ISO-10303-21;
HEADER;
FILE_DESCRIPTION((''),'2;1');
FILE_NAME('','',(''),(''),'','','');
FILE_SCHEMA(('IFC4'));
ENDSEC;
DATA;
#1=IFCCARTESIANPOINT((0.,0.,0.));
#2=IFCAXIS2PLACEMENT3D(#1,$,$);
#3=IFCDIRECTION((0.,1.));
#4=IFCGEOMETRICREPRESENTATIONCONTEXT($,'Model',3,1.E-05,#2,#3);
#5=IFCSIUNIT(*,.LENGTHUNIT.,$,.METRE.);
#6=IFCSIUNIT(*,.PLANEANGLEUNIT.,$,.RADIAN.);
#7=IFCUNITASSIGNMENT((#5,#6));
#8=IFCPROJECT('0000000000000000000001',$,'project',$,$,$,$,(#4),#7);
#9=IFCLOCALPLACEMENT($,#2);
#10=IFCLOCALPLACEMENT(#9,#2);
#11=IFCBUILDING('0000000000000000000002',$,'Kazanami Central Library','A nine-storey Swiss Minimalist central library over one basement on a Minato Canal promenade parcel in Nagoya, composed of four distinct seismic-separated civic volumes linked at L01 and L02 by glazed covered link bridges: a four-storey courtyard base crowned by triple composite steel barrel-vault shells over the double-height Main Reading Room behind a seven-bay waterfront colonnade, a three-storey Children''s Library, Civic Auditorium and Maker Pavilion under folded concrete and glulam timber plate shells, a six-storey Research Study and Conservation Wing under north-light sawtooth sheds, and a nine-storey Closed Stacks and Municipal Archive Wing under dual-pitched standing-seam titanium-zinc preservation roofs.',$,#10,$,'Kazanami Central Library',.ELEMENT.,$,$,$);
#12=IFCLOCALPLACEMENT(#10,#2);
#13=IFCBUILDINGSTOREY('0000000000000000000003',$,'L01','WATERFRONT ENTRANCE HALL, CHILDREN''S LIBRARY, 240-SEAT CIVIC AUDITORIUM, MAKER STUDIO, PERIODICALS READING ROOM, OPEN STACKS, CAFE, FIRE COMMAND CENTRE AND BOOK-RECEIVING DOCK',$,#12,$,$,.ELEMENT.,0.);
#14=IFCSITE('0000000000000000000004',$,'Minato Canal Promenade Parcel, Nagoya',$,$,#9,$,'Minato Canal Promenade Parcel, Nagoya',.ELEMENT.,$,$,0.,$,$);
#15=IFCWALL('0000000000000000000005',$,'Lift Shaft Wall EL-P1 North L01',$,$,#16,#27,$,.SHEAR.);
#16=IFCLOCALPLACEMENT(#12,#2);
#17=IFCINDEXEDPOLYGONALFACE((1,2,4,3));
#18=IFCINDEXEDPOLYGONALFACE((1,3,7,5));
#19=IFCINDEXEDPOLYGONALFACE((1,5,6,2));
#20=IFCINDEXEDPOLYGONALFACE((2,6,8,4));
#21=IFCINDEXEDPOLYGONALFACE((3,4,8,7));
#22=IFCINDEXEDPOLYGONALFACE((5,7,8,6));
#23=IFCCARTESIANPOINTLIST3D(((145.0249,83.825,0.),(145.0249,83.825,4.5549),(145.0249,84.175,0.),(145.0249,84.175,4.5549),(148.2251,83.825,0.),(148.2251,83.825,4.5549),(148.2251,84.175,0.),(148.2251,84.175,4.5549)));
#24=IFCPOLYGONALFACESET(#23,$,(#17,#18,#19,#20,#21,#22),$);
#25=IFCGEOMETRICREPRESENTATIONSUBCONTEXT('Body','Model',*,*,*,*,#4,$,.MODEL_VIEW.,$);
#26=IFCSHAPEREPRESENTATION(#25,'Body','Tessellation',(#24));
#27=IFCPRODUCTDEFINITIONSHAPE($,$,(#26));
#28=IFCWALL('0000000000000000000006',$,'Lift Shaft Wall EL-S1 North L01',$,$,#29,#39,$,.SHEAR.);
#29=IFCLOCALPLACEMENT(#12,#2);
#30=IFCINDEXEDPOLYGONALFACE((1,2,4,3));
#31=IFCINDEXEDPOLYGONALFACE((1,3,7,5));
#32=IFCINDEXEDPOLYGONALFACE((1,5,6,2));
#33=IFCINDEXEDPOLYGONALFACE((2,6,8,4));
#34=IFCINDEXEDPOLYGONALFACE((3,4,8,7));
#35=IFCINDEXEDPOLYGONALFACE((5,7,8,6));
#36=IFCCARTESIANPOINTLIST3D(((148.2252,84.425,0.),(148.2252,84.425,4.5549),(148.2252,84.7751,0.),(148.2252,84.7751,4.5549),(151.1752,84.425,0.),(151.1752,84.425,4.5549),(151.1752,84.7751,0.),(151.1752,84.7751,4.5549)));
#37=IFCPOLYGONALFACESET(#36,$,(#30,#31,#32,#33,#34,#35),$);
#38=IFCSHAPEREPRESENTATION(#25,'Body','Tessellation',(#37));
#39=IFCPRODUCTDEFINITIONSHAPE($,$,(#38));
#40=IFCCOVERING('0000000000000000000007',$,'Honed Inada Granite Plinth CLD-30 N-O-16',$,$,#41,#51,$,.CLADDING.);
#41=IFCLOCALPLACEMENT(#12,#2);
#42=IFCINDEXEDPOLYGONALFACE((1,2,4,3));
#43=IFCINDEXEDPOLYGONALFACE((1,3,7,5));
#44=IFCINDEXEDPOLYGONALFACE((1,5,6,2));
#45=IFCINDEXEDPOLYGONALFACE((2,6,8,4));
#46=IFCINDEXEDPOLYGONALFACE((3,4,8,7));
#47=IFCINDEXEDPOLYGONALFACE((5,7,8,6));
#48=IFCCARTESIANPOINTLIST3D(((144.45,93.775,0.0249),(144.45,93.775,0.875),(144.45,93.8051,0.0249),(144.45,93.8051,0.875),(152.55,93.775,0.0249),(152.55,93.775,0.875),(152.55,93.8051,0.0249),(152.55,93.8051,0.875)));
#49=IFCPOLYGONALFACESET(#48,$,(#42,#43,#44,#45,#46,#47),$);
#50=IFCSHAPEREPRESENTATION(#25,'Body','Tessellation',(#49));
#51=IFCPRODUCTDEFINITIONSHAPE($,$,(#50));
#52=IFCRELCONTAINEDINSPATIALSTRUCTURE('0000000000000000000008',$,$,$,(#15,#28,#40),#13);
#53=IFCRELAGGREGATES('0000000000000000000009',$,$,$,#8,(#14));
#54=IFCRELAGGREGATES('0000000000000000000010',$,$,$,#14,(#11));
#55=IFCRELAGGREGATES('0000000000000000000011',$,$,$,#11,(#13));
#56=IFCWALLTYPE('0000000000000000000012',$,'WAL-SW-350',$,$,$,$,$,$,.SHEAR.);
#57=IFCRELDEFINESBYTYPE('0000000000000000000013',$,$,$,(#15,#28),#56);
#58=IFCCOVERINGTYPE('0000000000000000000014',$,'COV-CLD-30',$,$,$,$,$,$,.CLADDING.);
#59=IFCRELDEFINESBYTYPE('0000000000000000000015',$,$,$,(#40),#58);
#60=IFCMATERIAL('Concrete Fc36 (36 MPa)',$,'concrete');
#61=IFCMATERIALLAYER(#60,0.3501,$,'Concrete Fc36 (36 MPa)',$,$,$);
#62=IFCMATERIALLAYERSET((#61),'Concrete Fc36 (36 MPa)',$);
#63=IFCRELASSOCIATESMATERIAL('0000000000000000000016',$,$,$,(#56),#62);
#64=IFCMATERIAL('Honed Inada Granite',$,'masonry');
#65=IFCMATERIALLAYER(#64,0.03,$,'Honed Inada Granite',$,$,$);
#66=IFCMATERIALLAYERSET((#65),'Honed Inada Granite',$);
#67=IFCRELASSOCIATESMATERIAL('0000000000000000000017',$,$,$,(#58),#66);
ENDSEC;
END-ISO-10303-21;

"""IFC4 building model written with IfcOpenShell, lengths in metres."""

from ifc_helpers import new_model, si_unit, direction, frame, frame_2d, origin, origin_2d, place, context, subcontext, project, spatial, rectangle, extrude, material, layer, layer_set, type_object, element, save


model = new_model("IFC4")

# Units and contexts
model_context = context("Model", 3, precision=1e-05, world=origin(), true_north=direction((0.0, 1.0)))
body_context = subcontext(model_context, "Body", "Model", "MODEL_VIEW")
ifc_project = project(units=[si_unit("LENGTHUNIT", "METRE"), si_unit("PLANEANGLEUNIT", "RADIAN")], contexts=[model_context])

# Site, building, storey
site_placement = place(None, origin())
site = spatial("IfcSite", under=ifc_project, at=site_placement, Name="Minato Canal Promenade Parcel, Nagoya", LongName="Minato Canal Promenade Parcel, Nagoya", CompositionType="ELEMENT", RefElevation=0.0)
building_placement = place(site_placement, origin())
building = spatial("IfcBuilding", under=site, at=building_placement, Name="Kazanami Central Library", Description="A nine-storey Swiss Minimalist central library over one basement on a Minato Canal promenade parcel in Nagoya, composed of four distinct seismic-separated civic volumes linked at L01 and L02 by glazed covered link bridges: a four-storey courtyard base crowned by triple composite steel barrel-vault shells over the double-height Main Reading Room behind a seven-bay waterfront colonnade, a three-storey Children's Library, Civic Auditorium and Maker Pavilion under folded concrete and glulam timber plate shells, a six-storey Research Study and Conservation Wing under north-light sawtooth sheds, and a nine-storey Closed Stacks and Municipal Archive Wing under dual-pitched standing-seam titanium-zinc preservation roofs.", LongName="Kazanami Central Library", CompositionType="ELEMENT")
storey_placement = place(building_placement, origin())
storey = spatial("IfcBuildingStorey", under=building, at=storey_placement, Name="L01", Description="WATERFRONT ENTRANCE HALL, CHILDREN'S LIBRARY, 240-SEAT CIVIC AUDITORIUM, MAKER STUDIO, PERIODICALS READING ROOM, OPEN STACKS, CAFE, FIRE COMMAND CENTRE AND BOOK-RECEIVING DOCK", CompositionType="ELEMENT", Elevation=0.0)

# Shared definitions
ifc_material_1 = material(Name="Concrete Fc36 (36 MPa)", Category="concrete")
ifc_material_2 = material(Name="Honed Inada Granite", Category="masonry")

# Walls
ifc_layer_1 = layer(ifc_material_1, 0.3501, Name="Concrete Fc36 (36 MPa)")
ifc_layer_set_1 = layer_set([ifc_layer_1], Name="Concrete Fc36 (36 MPa)")
wall_type_1 = type_object("IfcWallType", Name="WAL-SW-350", PredefinedType="SHEAR", material=ifc_layer_set_1)
wall_1_placement = place(storey_placement, frame((145.0249, 84.0, 0.0), z_axis=(0.0, 0.0, 1.0), x_axis=(1.0, 0.0, 0.0)))
element("IfcWall", 1, at=wall_1_placement, inside=storey, type_object=wall_type_1, Name="Lift Shaft Wall EL-P1 North L01", PredefinedType="SHEAR", context=body_context, shape_type="SweptSolid", body=[
    extrude(rectangle(XDim=3.2002, YDim=0.3501, at=frame_2d((1.6001, 0.0))), origin(), (0.0, 0.0, 1.0), 4.5549),
])
wall_2_placement = place(storey_placement, frame((148.2251, 84.6001, 0.0), z_axis=(0.0, 0.0, 1.0), x_axis=(1.0, 0.0, 0.0)))
element("IfcWall", 2, at=wall_2_placement, inside=storey, type_object=wall_type_1, Name="Lift Shaft Wall EL-S1 North L01", PredefinedType="SHEAR", context=body_context, shape_type="SweptSolid", body=[
    extrude(rectangle(XDim=2.95, YDim=0.3501, at=frame_2d((1.4751, 0.0))), origin(), (0.0, 0.0, 1.0), 4.5549),
])

# Covering
ifc_layer_2 = layer(ifc_material_2, 0.03, Name="Honed Inada Granite")
ifc_layer_set_2 = layer_set([ifc_layer_2], Name="Honed Inada Granite")
covering_type = type_object("IfcCoveringType", Name="COV-CLD-30", PredefinedType="CLADDING", material=ifc_layer_set_2)
covering_placement = place(storey_placement, frame((148.5, 93.79, 0.0249), z_axis=(0.0, 0.0, 1.0), x_axis=(-1.0, 0.0, 0.0)))
element("IfcCovering", 3, at=covering_placement, inside=storey, type_object=covering_type, Name="Honed Inada Granite Plinth CLD-30 N-O-16", PredefinedType="CLADDING", context=body_context, shape_type="SweptSolid", body=[
    extrude(rectangle(XDim=8.1001, YDim=0.03, at=origin_2d()), origin(), (0.0, 0.0, 1.0), 0.8501),
])

save(model, "model.ifc")
